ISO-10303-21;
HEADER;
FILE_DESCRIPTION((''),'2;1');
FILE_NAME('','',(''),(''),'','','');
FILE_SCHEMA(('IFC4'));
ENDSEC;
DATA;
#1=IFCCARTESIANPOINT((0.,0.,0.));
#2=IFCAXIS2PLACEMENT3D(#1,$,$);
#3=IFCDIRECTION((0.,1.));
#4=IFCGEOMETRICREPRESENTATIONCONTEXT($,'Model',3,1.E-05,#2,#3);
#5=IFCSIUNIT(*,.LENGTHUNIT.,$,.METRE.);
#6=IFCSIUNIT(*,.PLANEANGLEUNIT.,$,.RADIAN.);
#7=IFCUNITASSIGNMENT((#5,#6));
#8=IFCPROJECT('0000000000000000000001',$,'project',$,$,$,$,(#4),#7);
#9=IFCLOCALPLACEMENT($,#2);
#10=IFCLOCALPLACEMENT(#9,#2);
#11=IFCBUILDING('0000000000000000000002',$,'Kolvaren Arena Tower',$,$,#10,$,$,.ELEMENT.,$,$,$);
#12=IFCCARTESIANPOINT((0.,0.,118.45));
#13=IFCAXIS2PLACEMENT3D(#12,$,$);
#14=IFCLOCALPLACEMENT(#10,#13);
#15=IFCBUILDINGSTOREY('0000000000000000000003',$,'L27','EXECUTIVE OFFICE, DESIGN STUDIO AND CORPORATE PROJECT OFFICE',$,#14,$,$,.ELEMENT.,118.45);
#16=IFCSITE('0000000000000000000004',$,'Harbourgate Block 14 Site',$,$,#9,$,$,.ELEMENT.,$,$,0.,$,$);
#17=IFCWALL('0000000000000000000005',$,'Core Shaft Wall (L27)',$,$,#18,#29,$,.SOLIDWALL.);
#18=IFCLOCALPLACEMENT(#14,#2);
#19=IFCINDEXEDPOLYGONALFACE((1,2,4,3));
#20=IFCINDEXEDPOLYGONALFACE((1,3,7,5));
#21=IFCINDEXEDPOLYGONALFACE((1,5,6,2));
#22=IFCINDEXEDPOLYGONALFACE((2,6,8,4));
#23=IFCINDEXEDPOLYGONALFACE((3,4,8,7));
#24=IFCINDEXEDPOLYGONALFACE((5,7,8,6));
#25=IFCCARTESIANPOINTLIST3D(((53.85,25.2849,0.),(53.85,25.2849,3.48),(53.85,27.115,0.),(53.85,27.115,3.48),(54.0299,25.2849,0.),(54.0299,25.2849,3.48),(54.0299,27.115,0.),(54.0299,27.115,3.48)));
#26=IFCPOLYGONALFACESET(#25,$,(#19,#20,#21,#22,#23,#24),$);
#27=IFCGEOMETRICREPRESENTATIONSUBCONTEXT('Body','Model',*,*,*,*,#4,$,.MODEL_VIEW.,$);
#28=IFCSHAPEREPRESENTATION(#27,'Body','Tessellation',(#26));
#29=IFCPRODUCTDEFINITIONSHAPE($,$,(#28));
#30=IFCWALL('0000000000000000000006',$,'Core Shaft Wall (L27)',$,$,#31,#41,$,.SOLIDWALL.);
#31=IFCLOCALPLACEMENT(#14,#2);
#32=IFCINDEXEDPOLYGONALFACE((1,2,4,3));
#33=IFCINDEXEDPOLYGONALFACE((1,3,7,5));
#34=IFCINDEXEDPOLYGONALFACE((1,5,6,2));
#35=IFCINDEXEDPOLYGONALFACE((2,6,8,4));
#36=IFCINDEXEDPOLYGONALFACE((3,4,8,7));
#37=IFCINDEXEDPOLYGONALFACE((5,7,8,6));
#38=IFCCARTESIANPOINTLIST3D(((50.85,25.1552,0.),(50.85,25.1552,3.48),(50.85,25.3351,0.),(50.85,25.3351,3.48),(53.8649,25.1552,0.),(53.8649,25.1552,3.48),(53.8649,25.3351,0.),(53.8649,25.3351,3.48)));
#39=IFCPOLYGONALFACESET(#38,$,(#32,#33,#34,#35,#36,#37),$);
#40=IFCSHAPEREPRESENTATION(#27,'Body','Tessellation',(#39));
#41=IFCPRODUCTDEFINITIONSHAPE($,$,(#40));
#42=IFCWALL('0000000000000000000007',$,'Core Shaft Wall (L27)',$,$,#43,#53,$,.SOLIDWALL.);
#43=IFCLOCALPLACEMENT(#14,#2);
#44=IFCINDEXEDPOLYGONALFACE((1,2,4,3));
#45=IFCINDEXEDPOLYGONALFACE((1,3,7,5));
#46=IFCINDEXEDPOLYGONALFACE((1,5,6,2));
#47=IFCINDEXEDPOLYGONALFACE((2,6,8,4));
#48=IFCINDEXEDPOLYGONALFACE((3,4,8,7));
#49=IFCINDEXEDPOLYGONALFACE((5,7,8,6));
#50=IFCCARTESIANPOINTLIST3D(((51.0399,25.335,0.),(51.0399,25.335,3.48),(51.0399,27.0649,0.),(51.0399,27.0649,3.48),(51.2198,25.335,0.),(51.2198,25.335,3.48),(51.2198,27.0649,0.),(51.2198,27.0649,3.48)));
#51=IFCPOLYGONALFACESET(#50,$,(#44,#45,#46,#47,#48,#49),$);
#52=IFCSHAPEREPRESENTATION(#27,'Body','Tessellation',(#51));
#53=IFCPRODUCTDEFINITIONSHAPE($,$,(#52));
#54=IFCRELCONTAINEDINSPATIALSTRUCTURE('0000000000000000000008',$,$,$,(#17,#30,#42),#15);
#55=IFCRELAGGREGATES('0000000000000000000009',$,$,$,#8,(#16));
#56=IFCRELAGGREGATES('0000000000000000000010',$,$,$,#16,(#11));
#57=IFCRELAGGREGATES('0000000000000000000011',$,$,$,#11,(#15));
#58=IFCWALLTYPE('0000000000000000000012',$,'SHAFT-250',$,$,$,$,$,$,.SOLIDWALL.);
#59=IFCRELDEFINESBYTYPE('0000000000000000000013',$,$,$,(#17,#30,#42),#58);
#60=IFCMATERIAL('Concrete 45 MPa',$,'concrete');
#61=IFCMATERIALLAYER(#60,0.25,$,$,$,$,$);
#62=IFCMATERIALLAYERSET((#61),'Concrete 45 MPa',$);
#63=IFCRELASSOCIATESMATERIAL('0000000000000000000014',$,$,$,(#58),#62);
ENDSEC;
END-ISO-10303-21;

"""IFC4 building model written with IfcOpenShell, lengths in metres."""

from ifc_helpers import new_model, si_unit, direction, frame, frame_2d, origin, place, context, subcontext, project, spatial, rectangle, extrude, material, layer, layer_set, type_object, element, save


model = new_model("IFC4")

# Units and contexts
model_context = context("Model", 3, precision=1e-05, world=origin(), true_north=direction((0.0, 1.0)))
body_context = subcontext(model_context, "Body", "Model", "MODEL_VIEW")
ifc_project = project(units=[si_unit("LENGTHUNIT", "METRE"), si_unit("PLANEANGLEUNIT", "RADIAN")], contexts=[model_context])

# Site, building, storey
site_placement = place(None, origin())
site = spatial("IfcSite", under=ifc_project, at=site_placement, Name="Harbourgate Block 14 Site", CompositionType="ELEMENT", RefElevation=0.0)
building_placement = place(site_placement, origin())
building = spatial("IfcBuilding", under=site, at=building_placement, Name="Kolvaren Arena Tower", CompositionType="ELEMENT")
storey_placement = place(building_placement, frame((0.0, 0.0, 118.45)))
storey = spatial("IfcBuildingStorey", under=building, at=storey_placement, Name="L27", Description="EXECUTIVE OFFICE, DESIGN STUDIO AND CORPORATE PROJECT OFFICE", CompositionType="ELEMENT", Elevation=118.45)

# Shared definitions
ifc_material_1 = material(Name="Concrete 45 MPa", Category="concrete")
ifc_layer_1 = layer(ifc_material_1, 0.25)
ifc_layer_set_1 = layer_set([ifc_layer_1], Name="Concrete 45 MPa")
wall_type_1 = type_object("IfcWallType", Name="SHAFT-250", PredefinedType="SOLIDWALL", material=ifc_layer_set_1)

# Walls
wall_1_placement = place(storey_placement, frame((53.9399, 25.2849, 0.0), z_axis=(0.0, 0.0, 1.0), x_axis=(0.0, 1.0, 0.0)))
element("IfcWall", 1, at=wall_1_placement, inside=storey, type_object=wall_type_1, Name="Core Shaft Wall (L27)", PredefinedType="SOLIDWALL", context=body_context, shape_type="SweptSolid", body=[
    extrude(rectangle(XDim=1.8301, YDim=0.1799, at=frame_2d((0.915, 0.0))), origin(), (0.0, 0.0, 1.0), 3.48),
])
wall_2_placement = place(storey_placement, frame((50.8501, 25.2451, 0.0), z_axis=(0.0, 0.0, 1.0), x_axis=(1.0, 0.0, 0.0)))
element("IfcWall", 2, at=wall_2_placement, inside=storey, type_object=wall_type_1, Name="Core Shaft Wall (L27)", PredefinedType="SOLIDWALL", context=body_context, shape_type="SweptSolid", body=[
    extrude(rectangle(XDim=3.0149, YDim=0.1799, at=frame_2d((1.5073, 0.0))), origin(), (0.0, 0.0, 1.0), 3.48),
])
wall_3_placement = place(storey_placement, frame((51.1299, 25.335, 0.0), z_axis=(0.0, 0.0, 1.0), x_axis=(0.0, 1.0, 0.0)))
element("IfcWall", 3, at=wall_3_placement, inside=storey, type_object=wall_type_1, Name="Core Shaft Wall (L27)", PredefinedType="SOLIDWALL", context=body_context, shape_type="SweptSolid", body=[
    extrude(rectangle(XDim=1.73, YDim=0.1799, at=frame_2d((0.865, 0.0))), origin(), (0.0, 0.0, 1.0), 3.48),
])

save(model, "model.ifc")
